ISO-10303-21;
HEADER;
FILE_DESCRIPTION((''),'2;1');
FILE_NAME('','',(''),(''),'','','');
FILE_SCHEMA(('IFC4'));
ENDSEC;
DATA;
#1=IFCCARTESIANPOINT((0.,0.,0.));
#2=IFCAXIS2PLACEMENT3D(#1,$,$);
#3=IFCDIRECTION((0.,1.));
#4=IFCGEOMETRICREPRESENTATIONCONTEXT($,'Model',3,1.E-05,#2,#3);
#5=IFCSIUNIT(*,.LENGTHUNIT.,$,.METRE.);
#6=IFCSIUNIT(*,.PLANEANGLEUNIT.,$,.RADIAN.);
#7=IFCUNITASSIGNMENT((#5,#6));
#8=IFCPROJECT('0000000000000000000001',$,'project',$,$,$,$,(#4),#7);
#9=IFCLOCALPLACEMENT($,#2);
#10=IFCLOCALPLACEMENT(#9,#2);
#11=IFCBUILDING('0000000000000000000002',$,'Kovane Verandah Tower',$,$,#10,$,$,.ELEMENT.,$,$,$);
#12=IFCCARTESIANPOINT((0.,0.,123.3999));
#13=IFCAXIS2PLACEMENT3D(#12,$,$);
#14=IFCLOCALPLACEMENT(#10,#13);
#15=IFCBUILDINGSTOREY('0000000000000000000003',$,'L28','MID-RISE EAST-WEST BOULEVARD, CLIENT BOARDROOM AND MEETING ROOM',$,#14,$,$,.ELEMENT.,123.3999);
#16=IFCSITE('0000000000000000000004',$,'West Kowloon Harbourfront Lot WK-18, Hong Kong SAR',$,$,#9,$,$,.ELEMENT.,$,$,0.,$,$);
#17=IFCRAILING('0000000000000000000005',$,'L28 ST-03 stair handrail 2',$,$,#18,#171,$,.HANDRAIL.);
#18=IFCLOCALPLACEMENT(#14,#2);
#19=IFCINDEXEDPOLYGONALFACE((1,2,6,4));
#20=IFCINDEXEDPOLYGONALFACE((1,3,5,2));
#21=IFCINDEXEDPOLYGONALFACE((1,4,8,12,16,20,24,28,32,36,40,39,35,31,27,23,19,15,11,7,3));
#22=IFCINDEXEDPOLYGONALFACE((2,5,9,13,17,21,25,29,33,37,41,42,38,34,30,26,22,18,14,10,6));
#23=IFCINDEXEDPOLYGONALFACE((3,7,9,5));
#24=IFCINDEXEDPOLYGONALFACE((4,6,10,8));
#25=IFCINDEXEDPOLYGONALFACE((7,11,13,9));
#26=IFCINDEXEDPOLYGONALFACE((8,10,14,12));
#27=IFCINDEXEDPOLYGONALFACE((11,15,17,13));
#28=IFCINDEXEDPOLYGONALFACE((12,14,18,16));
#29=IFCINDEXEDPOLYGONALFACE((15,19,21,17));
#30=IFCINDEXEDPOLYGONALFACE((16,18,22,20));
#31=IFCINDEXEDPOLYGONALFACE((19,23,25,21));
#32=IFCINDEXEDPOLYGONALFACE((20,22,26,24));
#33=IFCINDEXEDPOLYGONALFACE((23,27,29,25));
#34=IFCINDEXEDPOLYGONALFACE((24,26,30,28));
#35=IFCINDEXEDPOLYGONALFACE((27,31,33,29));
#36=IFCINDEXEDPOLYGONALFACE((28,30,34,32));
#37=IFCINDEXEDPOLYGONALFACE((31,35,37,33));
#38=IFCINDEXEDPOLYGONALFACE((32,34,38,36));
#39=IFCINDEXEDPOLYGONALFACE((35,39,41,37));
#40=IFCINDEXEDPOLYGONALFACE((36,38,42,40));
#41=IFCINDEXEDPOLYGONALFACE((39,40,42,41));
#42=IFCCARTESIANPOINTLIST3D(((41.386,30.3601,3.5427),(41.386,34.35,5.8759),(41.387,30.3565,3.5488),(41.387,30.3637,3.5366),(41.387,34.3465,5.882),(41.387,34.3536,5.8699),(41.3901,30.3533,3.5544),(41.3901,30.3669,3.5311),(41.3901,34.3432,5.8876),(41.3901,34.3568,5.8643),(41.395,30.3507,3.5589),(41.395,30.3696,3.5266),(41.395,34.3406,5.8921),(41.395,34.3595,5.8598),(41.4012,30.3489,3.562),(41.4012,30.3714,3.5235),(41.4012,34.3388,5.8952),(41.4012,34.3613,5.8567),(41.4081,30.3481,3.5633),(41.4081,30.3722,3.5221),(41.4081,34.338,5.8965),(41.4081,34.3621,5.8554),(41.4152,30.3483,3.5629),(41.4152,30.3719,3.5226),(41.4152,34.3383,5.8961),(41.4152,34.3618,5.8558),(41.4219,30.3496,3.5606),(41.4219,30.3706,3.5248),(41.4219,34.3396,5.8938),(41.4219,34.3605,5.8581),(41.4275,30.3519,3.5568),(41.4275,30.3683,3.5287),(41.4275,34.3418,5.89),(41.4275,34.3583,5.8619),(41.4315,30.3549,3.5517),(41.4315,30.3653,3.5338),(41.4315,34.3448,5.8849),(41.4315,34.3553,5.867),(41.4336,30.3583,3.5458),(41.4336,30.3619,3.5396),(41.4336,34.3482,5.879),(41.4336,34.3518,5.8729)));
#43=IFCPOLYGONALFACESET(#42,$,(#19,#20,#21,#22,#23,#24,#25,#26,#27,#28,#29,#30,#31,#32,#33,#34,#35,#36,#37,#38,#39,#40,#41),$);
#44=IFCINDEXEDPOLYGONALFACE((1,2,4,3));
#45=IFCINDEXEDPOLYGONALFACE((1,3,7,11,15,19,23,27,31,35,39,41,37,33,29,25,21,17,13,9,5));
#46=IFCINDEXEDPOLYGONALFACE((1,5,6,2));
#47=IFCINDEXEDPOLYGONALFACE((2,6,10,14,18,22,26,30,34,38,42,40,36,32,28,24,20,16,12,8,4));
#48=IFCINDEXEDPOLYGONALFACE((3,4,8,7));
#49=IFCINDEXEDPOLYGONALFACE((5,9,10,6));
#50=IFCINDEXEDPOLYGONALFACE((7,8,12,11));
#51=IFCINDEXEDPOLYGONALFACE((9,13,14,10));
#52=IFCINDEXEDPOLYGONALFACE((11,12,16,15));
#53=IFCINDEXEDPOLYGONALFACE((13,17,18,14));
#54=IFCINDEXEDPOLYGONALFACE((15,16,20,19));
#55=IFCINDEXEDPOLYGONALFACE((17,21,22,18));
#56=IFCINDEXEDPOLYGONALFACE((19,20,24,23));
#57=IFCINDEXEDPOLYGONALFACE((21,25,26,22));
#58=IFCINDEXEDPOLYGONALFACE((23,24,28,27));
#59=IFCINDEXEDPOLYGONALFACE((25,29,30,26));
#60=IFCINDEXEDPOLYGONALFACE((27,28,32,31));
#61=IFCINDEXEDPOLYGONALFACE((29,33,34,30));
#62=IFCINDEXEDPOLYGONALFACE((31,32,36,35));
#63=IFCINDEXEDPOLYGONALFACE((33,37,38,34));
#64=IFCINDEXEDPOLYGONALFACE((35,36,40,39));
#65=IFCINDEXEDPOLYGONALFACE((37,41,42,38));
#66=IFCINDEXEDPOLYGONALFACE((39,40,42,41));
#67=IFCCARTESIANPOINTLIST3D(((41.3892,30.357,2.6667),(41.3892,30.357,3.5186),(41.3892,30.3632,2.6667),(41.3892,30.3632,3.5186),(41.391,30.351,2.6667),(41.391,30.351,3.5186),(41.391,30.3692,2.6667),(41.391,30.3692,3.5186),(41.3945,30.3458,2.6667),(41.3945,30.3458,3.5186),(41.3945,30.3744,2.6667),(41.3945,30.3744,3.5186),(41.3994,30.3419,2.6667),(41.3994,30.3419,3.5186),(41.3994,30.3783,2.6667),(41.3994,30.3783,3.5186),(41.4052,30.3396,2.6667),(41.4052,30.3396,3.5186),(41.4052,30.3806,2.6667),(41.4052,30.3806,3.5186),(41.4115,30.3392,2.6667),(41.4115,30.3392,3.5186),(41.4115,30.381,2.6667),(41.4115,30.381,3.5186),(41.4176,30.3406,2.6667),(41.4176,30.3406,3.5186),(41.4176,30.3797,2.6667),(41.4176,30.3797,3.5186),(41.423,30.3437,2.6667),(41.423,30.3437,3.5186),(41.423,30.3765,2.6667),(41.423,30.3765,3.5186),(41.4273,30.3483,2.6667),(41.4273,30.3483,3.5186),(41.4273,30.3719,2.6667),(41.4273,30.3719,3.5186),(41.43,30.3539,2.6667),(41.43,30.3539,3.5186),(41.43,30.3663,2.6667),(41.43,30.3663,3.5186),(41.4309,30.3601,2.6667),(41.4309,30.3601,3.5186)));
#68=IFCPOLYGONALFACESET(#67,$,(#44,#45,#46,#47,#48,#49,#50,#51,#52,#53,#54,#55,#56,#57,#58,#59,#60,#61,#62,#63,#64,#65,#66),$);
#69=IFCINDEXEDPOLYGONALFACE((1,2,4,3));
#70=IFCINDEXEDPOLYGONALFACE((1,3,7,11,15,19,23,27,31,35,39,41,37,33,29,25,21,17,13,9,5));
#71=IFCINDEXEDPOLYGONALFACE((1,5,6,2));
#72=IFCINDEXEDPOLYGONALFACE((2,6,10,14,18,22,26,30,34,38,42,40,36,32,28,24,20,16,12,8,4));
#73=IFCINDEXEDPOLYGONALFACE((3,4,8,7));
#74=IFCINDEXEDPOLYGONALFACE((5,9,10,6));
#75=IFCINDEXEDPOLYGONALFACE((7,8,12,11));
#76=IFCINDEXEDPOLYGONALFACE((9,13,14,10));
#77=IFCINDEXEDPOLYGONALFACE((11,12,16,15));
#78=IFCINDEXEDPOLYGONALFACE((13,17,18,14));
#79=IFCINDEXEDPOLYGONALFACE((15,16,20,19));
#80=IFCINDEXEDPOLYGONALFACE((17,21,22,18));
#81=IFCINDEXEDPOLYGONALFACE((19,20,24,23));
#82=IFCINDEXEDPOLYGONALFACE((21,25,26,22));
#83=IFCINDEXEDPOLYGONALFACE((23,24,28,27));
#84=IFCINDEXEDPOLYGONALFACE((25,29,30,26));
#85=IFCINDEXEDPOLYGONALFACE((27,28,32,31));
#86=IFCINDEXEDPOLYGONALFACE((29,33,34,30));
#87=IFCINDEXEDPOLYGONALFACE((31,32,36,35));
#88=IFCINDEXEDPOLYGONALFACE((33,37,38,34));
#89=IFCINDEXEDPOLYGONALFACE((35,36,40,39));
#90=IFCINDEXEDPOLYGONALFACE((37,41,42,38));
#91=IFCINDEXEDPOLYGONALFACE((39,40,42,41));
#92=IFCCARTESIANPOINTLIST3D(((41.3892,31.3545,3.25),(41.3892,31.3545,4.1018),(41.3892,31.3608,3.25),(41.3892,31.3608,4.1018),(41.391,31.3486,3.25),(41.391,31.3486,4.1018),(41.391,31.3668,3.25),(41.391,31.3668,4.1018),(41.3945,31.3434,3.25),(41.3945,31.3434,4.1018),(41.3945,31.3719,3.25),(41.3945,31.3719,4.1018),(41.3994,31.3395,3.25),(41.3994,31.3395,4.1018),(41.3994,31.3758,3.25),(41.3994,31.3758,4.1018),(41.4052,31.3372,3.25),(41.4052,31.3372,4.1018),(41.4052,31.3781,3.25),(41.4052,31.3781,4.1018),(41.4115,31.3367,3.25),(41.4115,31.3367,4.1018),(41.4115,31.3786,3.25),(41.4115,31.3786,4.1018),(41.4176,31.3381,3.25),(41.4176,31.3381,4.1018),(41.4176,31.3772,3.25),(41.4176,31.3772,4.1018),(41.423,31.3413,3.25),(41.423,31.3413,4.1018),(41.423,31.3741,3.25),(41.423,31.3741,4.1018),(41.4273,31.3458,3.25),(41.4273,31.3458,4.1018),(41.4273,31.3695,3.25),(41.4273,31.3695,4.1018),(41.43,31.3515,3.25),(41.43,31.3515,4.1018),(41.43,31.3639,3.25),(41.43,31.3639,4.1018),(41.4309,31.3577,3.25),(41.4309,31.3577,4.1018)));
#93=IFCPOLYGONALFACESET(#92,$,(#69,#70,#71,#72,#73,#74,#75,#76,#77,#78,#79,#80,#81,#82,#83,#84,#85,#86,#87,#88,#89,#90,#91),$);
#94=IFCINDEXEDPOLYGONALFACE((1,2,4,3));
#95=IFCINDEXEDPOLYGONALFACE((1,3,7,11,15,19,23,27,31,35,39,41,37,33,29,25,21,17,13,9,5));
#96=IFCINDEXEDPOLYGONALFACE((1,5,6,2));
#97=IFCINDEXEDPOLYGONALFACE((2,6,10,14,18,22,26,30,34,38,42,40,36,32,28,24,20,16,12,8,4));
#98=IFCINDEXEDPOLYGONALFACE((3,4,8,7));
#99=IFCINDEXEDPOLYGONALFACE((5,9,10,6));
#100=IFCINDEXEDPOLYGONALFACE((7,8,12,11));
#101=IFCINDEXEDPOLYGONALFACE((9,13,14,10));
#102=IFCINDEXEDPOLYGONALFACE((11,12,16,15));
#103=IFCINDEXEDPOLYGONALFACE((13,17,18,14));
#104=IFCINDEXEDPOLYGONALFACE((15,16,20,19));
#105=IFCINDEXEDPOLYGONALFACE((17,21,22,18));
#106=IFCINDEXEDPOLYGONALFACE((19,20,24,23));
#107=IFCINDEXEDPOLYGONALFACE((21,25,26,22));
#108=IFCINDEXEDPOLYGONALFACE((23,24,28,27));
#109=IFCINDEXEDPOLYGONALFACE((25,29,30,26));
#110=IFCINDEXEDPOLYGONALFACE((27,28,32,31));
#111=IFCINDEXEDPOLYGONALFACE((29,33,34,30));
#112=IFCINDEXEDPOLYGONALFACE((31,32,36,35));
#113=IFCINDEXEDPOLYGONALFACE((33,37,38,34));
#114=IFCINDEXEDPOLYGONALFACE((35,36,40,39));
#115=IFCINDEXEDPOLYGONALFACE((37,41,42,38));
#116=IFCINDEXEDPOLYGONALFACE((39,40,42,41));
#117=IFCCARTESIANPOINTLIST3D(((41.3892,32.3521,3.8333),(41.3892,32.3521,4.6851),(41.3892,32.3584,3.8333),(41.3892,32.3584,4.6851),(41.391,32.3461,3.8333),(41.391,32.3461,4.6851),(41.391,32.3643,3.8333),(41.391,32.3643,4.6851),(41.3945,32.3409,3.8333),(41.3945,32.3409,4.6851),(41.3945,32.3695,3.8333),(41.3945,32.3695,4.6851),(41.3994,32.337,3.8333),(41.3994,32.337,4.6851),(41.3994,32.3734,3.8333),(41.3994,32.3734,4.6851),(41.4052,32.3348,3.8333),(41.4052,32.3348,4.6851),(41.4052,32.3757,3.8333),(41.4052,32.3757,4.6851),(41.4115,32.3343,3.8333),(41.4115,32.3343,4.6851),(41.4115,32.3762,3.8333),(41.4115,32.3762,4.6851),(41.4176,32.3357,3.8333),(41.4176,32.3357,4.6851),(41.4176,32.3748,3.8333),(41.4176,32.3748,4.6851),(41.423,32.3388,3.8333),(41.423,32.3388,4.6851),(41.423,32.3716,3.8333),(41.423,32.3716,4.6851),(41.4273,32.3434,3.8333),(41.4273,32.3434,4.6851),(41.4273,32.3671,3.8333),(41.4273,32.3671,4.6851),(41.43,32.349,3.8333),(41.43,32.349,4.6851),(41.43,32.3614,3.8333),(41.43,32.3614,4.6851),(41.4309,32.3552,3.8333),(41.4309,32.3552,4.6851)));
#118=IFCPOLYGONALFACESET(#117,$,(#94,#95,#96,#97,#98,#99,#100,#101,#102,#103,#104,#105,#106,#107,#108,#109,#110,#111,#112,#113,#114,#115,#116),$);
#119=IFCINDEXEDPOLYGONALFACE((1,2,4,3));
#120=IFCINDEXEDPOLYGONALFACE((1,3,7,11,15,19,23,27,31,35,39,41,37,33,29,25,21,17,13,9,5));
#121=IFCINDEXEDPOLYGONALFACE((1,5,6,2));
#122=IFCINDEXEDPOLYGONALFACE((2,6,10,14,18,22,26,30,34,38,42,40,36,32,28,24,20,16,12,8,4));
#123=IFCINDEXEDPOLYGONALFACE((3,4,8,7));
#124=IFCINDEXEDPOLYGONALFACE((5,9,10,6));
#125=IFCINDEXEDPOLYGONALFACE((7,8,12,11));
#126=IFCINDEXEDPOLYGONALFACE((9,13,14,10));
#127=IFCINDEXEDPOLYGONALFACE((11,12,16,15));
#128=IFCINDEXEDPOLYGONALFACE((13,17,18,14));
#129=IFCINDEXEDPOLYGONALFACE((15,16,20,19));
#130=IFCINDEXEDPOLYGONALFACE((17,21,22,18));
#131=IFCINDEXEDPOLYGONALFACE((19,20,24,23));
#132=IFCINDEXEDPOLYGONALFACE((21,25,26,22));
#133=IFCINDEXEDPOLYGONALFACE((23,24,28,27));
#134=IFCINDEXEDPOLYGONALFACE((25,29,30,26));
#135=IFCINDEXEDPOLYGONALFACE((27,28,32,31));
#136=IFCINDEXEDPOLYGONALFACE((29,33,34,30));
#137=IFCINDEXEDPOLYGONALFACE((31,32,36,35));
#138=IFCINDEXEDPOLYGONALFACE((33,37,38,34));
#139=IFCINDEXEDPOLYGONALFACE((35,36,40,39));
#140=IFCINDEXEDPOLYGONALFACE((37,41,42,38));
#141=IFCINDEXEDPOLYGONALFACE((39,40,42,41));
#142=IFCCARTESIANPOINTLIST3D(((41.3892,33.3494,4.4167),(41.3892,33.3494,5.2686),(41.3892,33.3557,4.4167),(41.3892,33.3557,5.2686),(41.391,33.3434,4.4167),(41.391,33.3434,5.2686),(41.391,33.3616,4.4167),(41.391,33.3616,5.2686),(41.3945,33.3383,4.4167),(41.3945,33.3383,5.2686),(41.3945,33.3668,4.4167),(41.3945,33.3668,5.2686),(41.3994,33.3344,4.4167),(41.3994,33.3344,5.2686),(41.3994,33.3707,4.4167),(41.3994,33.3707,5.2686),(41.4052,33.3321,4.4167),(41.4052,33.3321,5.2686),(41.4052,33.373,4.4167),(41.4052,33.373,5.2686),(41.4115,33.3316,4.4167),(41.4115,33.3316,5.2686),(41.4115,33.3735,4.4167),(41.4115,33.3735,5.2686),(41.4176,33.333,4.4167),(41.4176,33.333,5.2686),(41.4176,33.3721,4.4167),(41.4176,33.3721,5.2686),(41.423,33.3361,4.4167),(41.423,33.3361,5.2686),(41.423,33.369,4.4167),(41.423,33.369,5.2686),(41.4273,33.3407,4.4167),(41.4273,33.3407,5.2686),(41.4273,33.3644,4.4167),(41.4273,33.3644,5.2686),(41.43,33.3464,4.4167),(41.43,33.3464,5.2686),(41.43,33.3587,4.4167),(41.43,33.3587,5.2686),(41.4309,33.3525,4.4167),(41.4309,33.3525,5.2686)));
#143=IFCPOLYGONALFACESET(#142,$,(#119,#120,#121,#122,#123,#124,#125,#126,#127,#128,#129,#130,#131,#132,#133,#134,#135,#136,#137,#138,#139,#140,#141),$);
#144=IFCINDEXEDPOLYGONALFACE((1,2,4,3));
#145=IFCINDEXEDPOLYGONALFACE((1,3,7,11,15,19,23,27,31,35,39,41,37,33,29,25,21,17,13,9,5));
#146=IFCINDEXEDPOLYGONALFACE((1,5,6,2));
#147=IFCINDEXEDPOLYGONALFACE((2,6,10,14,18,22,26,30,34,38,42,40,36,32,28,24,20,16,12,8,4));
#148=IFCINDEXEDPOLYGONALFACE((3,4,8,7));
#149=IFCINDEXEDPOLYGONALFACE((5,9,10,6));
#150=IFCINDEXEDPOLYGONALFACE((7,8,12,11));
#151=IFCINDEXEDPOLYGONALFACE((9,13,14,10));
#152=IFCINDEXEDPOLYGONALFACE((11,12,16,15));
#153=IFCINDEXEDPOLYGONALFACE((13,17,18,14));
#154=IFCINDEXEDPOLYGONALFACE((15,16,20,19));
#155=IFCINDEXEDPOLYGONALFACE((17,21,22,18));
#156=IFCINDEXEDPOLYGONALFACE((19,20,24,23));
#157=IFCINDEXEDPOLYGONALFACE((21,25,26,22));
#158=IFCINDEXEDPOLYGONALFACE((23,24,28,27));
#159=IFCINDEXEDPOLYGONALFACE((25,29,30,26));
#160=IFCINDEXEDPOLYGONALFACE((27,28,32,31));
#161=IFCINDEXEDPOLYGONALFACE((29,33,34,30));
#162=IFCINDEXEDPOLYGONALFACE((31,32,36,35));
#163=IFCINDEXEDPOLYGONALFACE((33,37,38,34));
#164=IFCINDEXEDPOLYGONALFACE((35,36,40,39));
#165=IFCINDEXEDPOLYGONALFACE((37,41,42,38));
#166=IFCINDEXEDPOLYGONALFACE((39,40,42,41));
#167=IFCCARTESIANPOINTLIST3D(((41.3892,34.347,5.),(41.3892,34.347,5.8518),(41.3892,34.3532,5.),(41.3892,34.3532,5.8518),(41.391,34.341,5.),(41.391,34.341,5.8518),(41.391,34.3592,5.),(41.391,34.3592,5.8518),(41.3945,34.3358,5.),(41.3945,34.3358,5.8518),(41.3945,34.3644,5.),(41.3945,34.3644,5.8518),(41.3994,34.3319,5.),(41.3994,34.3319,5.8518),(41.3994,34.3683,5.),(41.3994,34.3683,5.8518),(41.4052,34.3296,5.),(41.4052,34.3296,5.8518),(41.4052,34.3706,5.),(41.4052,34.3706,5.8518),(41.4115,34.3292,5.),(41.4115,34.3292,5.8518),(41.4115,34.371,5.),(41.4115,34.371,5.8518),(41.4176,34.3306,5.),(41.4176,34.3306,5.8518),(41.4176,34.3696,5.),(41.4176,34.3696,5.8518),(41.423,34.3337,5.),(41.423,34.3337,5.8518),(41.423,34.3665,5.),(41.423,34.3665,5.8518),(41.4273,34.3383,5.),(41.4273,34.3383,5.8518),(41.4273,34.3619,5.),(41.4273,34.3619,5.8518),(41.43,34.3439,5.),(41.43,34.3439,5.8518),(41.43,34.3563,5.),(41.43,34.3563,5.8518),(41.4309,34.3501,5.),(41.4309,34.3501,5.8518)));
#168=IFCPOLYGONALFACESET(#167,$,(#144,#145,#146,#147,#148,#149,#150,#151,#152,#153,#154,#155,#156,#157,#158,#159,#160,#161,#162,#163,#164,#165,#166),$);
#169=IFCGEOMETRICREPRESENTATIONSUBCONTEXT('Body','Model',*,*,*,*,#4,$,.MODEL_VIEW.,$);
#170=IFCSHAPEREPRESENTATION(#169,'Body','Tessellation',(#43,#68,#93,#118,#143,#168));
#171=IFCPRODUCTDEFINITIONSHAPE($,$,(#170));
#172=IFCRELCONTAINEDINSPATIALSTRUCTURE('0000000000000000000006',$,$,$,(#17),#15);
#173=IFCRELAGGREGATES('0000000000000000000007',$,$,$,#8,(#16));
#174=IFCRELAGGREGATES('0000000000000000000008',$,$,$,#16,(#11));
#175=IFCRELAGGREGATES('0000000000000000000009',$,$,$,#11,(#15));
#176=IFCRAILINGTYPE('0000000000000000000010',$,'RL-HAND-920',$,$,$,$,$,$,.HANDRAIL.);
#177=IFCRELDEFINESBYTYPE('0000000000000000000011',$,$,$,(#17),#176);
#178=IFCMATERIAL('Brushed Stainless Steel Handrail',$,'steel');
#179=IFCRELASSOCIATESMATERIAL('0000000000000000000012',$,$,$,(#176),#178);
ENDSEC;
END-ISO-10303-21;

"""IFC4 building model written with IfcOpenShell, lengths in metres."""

from ifc_helpers import new_model, si_unit, direction, frame, origin, origin_2d, place, context, subcontext, project, spatial, circle, extrude, material, type_object, element, save


model = new_model("IFC4")

# Units and contexts
model_context = context("Model", 3, precision=1e-05, world=origin(), true_north=direction((0.0, 1.0)))
body_context = subcontext(model_context, "Body", "Model", "MODEL_VIEW")
ifc_project = project(units=[si_unit("LENGTHUNIT", "METRE"), si_unit("PLANEANGLEUNIT", "RADIAN")], contexts=[model_context])

# Site, building, storey
site_placement = place(None, origin())
site = spatial("IfcSite", under=ifc_project, at=site_placement, Name="West Kowloon Harbourfront Lot WK-18, Hong Kong SAR", CompositionType="ELEMENT", RefElevation=0.0)
building_placement = place(site_placement, origin())
building = spatial("IfcBuilding", under=site, at=building_placement, Name="Kovane Verandah Tower", CompositionType="ELEMENT")
storey_placement = place(building_placement, frame((0.0, 0.0, 123.3999)))
storey = spatial("IfcBuildingStorey", under=building, at=storey_placement, Name="L28", Description="MID-RISE EAST-WEST BOULEVARD, CLIENT BOARDROOM AND MEETING ROOM", CompositionType="ELEMENT", Elevation=123.3999)

# Railing
ifc_material_1 = material(Name="Brushed Stainless Steel Handrail", Category="steel")
railing_type_1 = type_object("IfcRailingType", Name="RL-HAND-920", PredefinedType="HANDRAIL", material=ifc_material_1)
railing_1_placement = place(storey_placement, frame((41.4099, 30.3601, 2.6667)))
element("IfcRailing", 1, at=railing_1_placement, inside=storey, type_object=railing_type_1, Name="L28 ST-03 stair handrail 2", PredefinedType="HANDRAIL", context=body_context, shape_type="SweptSolid", body=[
    extrude(circle(Radius=0.0239, at=origin_2d()), frame((0.0, 0.0, 0.876), z_axis=(0.0, 0.863236, 0.5048), x_axis=(-1.0, 0.0, 0.0)), (0.0, 0.0, 1.0), 4.6221),
    extrude(circle(Radius=0.021, at=origin_2d()), origin(), (0.0, 0.0, 1.0), 0.8518),
    extrude(circle(Radius=0.021, at=origin_2d()), frame((0.0, 0.9976, 0.5833)), (0.0, 0.0, 1.0), 0.8518),
    extrude(circle(Radius=0.021, at=origin_2d()), frame((0.0, 1.9951, 1.1665)), (0.0, 0.0, 1.0), 0.8518),
    extrude(circle(Radius=0.021, at=origin_2d()), frame((0.0, 2.9924, 1.75)), (0.0, 0.0, 1.0), 0.8518),
    extrude(circle(Radius=0.021, at=origin_2d()), frame((0.0, 3.99, 2.3333)), (0.0, 0.0, 1.0), 0.8518),
])

save(model, "model.ifc")
